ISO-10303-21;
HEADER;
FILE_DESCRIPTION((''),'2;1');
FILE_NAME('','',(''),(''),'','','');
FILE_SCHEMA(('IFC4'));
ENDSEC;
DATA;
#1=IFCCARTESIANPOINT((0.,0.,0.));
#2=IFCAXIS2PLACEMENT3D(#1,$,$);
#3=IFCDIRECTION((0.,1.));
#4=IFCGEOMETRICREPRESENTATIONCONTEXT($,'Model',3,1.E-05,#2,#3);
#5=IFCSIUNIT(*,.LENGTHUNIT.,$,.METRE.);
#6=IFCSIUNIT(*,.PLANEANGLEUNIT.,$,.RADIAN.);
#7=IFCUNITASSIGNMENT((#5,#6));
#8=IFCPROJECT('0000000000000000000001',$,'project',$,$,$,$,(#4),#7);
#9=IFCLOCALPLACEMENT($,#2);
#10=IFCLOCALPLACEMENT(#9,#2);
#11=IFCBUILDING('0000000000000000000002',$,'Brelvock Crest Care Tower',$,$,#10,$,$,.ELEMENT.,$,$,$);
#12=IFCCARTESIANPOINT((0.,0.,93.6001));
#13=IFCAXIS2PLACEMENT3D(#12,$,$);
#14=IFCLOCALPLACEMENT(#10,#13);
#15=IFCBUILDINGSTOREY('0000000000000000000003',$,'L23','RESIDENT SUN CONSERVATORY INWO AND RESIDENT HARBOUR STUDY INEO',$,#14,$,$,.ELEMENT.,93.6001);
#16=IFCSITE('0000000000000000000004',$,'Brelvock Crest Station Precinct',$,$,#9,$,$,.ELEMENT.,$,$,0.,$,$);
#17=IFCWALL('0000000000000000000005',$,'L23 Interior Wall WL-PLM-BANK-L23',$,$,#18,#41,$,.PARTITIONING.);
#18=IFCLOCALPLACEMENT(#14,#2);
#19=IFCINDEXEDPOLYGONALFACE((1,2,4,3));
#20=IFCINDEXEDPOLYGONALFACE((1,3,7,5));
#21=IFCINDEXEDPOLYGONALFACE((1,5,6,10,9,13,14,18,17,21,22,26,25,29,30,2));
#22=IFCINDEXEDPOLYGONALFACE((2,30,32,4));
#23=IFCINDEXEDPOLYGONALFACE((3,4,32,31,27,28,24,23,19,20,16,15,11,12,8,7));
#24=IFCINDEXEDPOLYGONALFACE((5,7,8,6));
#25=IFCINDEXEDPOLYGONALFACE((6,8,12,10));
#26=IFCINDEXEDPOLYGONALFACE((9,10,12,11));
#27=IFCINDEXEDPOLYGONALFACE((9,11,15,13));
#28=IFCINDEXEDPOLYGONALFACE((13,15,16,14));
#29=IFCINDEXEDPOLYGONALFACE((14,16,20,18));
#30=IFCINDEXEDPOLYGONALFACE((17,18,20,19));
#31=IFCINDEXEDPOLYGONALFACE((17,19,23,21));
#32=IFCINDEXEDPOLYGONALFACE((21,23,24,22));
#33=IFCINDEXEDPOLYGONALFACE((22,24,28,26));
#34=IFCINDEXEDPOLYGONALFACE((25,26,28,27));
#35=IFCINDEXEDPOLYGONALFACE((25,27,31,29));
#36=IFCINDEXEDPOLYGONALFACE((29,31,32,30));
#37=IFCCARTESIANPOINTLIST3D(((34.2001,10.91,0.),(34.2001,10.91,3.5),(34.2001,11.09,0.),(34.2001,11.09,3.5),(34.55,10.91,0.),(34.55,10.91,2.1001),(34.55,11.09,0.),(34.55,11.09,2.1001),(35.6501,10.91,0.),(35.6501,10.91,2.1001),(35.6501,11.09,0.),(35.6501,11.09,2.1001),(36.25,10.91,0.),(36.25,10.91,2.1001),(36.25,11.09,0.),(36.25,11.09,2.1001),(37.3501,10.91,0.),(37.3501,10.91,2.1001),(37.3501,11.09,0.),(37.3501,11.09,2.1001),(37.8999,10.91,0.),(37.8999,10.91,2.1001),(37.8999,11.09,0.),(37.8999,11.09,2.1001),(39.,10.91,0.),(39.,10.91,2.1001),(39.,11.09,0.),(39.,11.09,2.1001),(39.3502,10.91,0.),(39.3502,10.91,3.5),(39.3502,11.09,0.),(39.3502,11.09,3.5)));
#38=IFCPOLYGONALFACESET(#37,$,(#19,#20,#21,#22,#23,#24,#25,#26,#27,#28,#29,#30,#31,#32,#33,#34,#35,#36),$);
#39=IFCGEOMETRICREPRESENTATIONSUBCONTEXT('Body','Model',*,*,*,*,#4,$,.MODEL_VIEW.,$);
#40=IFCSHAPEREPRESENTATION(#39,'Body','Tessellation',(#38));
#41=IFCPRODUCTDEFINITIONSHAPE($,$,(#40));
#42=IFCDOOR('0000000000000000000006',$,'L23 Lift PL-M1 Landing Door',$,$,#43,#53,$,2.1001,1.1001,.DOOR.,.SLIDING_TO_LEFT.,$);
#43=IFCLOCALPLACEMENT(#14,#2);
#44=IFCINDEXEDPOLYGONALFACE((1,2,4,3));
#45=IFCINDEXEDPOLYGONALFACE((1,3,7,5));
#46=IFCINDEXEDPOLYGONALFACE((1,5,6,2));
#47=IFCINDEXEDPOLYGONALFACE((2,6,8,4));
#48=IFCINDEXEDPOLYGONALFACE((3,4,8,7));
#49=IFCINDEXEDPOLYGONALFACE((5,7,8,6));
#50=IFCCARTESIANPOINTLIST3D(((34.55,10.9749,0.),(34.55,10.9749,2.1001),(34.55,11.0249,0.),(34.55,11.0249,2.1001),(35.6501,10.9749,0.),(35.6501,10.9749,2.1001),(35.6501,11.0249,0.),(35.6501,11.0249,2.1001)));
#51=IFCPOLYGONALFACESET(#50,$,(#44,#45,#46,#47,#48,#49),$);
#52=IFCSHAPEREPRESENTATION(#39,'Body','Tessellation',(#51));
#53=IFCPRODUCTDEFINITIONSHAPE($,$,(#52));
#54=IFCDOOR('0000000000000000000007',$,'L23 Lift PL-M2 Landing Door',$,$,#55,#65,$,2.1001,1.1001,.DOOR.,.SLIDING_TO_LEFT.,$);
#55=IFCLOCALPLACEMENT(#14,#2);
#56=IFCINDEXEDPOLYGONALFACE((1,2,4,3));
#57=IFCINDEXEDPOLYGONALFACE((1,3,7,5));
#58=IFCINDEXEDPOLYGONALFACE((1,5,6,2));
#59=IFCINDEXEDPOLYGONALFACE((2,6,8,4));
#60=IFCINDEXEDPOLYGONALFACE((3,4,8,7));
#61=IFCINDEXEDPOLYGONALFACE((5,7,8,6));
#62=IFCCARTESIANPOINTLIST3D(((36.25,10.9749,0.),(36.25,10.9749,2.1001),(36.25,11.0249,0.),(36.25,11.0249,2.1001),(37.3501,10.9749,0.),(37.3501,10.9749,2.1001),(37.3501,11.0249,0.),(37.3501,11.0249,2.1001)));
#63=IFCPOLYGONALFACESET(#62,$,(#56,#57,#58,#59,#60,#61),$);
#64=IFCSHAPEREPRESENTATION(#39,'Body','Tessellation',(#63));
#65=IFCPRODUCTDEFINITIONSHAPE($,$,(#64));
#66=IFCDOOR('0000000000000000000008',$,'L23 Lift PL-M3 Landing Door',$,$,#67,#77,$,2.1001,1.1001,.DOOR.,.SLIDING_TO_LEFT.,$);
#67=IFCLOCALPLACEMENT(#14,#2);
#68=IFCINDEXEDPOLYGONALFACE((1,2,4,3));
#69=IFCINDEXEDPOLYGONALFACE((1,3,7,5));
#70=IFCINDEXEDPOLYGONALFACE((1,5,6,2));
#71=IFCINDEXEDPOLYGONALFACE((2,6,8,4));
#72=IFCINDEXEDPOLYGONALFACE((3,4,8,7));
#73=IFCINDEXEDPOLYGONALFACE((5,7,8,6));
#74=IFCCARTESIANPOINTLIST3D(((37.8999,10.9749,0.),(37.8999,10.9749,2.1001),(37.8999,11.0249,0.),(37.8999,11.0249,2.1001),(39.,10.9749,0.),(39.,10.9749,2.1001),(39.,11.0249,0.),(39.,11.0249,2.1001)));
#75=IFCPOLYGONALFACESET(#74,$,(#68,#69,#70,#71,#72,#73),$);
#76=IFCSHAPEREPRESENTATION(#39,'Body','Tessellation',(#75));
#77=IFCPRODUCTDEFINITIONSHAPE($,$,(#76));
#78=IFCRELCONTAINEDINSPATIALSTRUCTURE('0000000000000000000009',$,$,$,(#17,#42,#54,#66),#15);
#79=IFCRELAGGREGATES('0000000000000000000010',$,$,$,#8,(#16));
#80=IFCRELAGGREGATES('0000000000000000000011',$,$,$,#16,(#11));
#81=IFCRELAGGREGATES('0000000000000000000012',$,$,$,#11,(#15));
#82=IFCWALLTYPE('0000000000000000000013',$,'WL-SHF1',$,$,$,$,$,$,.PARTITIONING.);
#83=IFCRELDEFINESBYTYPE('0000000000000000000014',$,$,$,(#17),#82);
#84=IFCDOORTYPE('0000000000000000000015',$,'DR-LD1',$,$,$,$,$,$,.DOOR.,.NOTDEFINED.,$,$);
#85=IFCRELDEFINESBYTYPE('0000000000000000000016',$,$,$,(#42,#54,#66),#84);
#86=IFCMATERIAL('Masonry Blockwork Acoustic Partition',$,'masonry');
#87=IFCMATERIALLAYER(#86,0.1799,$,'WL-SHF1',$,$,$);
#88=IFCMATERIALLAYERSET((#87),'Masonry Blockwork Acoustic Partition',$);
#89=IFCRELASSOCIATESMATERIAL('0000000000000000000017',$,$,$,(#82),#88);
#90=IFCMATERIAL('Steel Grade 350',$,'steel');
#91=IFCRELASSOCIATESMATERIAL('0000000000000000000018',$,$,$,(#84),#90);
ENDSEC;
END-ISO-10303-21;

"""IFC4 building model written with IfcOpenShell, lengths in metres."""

from ifc_helpers import new_model, si_unit, direction, frame, frame_2d, origin, origin_2d, place, context, subcontext, project, spatial, rectangle, extrude, source, transform, mapped, material, layer, layer_set, type_object, element, fill, save


model = new_model("IFC4")

# Units and contexts
model_context = context("Model", 3, precision=1e-05, world=origin(), true_north=direction((0.0, 1.0)))
body_context = subcontext(model_context, "Body", "Model", "MODEL_VIEW")
ifc_project = project(units=[si_unit("LENGTHUNIT", "METRE"), si_unit("PLANEANGLEUNIT", "RADIAN")], contexts=[model_context])

# Site, building, storey
site_placement = place(None, origin())
site = spatial("IfcSite", under=ifc_project, at=site_placement, Name="Brelvock Crest Station Precinct", CompositionType="ELEMENT", RefElevation=0.0)
building_placement = place(site_placement, origin())
building = spatial("IfcBuilding", under=site, at=building_placement, Name="Brelvock Crest Care Tower", CompositionType="ELEMENT")
storey_placement = place(building_placement, frame((0.0, 0.0, 93.6001)))
storey = spatial("IfcBuildingStorey", under=building, at=storey_placement, Name="L23", Description="RESIDENT SUN CONSERVATORY INWO AND RESIDENT HARBOUR STUDY INEO", CompositionType="ELEMENT", Elevation=93.6001)

# Shared definitions
ifc_material_1 = material(Name="Steel Grade 350", Category="steel")

# Shared definitions
ifc_material_2 = material(Name="Masonry Blockwork Acoustic Partition", Category="masonry")

# Shared definitions
ifc_layer_1 = layer(ifc_material_2, 0.1799, Name="WL-SHF1")
ifc_layer_set_1 = layer_set([ifc_layer_1], Name="Masonry Blockwork Acoustic Partition")
wall_type_1 = type_object("IfcWallType", Name="WL-SHF1", PredefinedType="PARTITIONING", material=ifc_layer_set_1)

# Wall, openings, doors
wall_1_placement = place(storey_placement, frame((34.2, 11.0, 0.0), z_axis=(0.0, 0.0, 1.0), x_axis=(1.0, 0.0, 0.0)))
wall_1 = element("IfcWall", 1, at=wall_1_placement, inside=storey, type_object=wall_type_1, Name="L23 Interior Wall WL-PLM-BANK-L23", PredefinedType="PARTITIONING", context=body_context, shape_type="SweptSolid", body=[
    extrude(rectangle(XDim=5.1501, YDim=0.1799, at=frame_2d((2.5752, 0.0))), origin(), (0.0, 0.0, 1.0), 3.5),
])
opening_1_placement = place(wall_1_placement, frame((0.3501, 0.0, 0.0)))
opening_1 = element("IfcOpeningElement", 2, at=opening_1_placement, cuts=wall_1, PredefinedType="OPENING", context=body_context, shape_type="SweptSolid", body=[
    extrude(rectangle(XDim=1.1001, YDim=2.1001, at=origin_2d()), frame((0.55, 0.1001, 1.05), z_axis=(0.0, -1.0, 0.0), x_axis=(1.0, 0.0, 0.0)), (0.0, 0.0, 1.0), 0.2),
])
opening_2_placement = place(wall_1_placement, frame((2.05, 0.0, 0.0)))
opening_2 = element("IfcOpeningElement", 3, at=opening_2_placement, cuts=wall_1, PredefinedType="OPENING", context=body_context, shape_type="SweptSolid", body=[
    extrude(rectangle(XDim=1.1001, YDim=2.1001, at=origin_2d()), frame((0.55, 0.1001, 1.05), z_axis=(0.0, -1.0, 0.0), x_axis=(1.0, 0.0, 0.0)), (0.0, 0.0, 1.0), 0.2),
])
opening_3_placement = place(wall_1_placement, frame((3.7, 0.0, 0.0)))
opening_3 = element("IfcOpeningElement", 4, at=opening_3_placement, cuts=wall_1, PredefinedType="OPENING", context=body_context, shape_type="SweptSolid", body=[
    extrude(rectangle(XDim=1.1001, YDim=2.1001, at=origin_2d()), frame((0.55, 0.1001, 1.05), z_axis=(0.0, -1.0, 0.0), x_axis=(1.0, 0.0, 0.0)), (0.0, 0.0, 1.0), 0.2),
])
door_type_1 = type_object("IfcDoorType", Name="DR-LD1", OperationType="NOTDEFINED", PredefinedType="DOOR", material=ifc_material_1)
shared_shape_1 = source(origin(), body_context, "Body", "SweptSolid", [
    extrude(rectangle(XDim=1.1001, YDim=2.1001, at=origin_2d()), frame((0.55, 0.0249, 1.05), z_axis=(0.0, -1.0, 0.0), x_axis=(1.0, 0.0, 0.0)), (0.0, 0.0, 1.0), 0.05),
])
door_1_placement = place(opening_1_placement, origin())
door_1 = element("IfcDoor", 5, at=door_1_placement, inside=storey, type_object=door_type_1, Name="L23 Lift PL-M1 Landing Door", OperationType="SLIDING_TO_LEFT", OverallHeight=2.1001, OverallWidth=1.1001, PredefinedType="DOOR", context=body_context, shape_type="MappedRepresentation", body=[
    mapped(shared_shape_1, transform((0.0, 0.0, 0.0), x_axis=(1.0, 0.0, 0.0), y_axis=(0.0, 1.0, 0.0), z_axis=(0.0, 0.0, 1.0), scale=1.0)),
])
fill(opening_1, door_1)
door_2_placement = place(opening_2_placement, origin())
door_2 = element("IfcDoor", 6, at=door_2_placement, inside=storey, type_object=door_type_1, Name="L23 Lift PL-M2 Landing Door", OperationType="SLIDING_TO_LEFT", OverallHeight=2.1001, OverallWidth=1.1001, PredefinedType="DOOR", context=body_context, shape_type="MappedRepresentation", body=[
    mapped(shared_shape_1, transform((0.0, 0.0, 0.0), x_axis=(1.0, 0.0, 0.0), y_axis=(0.0, 1.0, 0.0), z_axis=(0.0, 0.0, 1.0), scale=1.0)),
])
fill(opening_2, door_2)
door_3_placement = place(opening_3_placement, origin())
door_3 = element("IfcDoor", 7, at=door_3_placement, inside=storey, type_object=door_type_1, Name="L23 Lift PL-M3 Landing Door", OperationType="SLIDING_TO_LEFT", OverallHeight=2.1001, OverallWidth=1.1001, PredefinedType="DOOR", context=body_context, shape_type="MappedRepresentation", body=[
    mapped(shared_shape_1, transform((0.0, 0.0, 0.0), x_axis=(1.0, 0.0, 0.0), y_axis=(0.0, 1.0, 0.0), z_axis=(0.0, 0.0, 1.0), scale=1.0)),
])
fill(opening_3, door_3)

save(model, "model.ifc")
